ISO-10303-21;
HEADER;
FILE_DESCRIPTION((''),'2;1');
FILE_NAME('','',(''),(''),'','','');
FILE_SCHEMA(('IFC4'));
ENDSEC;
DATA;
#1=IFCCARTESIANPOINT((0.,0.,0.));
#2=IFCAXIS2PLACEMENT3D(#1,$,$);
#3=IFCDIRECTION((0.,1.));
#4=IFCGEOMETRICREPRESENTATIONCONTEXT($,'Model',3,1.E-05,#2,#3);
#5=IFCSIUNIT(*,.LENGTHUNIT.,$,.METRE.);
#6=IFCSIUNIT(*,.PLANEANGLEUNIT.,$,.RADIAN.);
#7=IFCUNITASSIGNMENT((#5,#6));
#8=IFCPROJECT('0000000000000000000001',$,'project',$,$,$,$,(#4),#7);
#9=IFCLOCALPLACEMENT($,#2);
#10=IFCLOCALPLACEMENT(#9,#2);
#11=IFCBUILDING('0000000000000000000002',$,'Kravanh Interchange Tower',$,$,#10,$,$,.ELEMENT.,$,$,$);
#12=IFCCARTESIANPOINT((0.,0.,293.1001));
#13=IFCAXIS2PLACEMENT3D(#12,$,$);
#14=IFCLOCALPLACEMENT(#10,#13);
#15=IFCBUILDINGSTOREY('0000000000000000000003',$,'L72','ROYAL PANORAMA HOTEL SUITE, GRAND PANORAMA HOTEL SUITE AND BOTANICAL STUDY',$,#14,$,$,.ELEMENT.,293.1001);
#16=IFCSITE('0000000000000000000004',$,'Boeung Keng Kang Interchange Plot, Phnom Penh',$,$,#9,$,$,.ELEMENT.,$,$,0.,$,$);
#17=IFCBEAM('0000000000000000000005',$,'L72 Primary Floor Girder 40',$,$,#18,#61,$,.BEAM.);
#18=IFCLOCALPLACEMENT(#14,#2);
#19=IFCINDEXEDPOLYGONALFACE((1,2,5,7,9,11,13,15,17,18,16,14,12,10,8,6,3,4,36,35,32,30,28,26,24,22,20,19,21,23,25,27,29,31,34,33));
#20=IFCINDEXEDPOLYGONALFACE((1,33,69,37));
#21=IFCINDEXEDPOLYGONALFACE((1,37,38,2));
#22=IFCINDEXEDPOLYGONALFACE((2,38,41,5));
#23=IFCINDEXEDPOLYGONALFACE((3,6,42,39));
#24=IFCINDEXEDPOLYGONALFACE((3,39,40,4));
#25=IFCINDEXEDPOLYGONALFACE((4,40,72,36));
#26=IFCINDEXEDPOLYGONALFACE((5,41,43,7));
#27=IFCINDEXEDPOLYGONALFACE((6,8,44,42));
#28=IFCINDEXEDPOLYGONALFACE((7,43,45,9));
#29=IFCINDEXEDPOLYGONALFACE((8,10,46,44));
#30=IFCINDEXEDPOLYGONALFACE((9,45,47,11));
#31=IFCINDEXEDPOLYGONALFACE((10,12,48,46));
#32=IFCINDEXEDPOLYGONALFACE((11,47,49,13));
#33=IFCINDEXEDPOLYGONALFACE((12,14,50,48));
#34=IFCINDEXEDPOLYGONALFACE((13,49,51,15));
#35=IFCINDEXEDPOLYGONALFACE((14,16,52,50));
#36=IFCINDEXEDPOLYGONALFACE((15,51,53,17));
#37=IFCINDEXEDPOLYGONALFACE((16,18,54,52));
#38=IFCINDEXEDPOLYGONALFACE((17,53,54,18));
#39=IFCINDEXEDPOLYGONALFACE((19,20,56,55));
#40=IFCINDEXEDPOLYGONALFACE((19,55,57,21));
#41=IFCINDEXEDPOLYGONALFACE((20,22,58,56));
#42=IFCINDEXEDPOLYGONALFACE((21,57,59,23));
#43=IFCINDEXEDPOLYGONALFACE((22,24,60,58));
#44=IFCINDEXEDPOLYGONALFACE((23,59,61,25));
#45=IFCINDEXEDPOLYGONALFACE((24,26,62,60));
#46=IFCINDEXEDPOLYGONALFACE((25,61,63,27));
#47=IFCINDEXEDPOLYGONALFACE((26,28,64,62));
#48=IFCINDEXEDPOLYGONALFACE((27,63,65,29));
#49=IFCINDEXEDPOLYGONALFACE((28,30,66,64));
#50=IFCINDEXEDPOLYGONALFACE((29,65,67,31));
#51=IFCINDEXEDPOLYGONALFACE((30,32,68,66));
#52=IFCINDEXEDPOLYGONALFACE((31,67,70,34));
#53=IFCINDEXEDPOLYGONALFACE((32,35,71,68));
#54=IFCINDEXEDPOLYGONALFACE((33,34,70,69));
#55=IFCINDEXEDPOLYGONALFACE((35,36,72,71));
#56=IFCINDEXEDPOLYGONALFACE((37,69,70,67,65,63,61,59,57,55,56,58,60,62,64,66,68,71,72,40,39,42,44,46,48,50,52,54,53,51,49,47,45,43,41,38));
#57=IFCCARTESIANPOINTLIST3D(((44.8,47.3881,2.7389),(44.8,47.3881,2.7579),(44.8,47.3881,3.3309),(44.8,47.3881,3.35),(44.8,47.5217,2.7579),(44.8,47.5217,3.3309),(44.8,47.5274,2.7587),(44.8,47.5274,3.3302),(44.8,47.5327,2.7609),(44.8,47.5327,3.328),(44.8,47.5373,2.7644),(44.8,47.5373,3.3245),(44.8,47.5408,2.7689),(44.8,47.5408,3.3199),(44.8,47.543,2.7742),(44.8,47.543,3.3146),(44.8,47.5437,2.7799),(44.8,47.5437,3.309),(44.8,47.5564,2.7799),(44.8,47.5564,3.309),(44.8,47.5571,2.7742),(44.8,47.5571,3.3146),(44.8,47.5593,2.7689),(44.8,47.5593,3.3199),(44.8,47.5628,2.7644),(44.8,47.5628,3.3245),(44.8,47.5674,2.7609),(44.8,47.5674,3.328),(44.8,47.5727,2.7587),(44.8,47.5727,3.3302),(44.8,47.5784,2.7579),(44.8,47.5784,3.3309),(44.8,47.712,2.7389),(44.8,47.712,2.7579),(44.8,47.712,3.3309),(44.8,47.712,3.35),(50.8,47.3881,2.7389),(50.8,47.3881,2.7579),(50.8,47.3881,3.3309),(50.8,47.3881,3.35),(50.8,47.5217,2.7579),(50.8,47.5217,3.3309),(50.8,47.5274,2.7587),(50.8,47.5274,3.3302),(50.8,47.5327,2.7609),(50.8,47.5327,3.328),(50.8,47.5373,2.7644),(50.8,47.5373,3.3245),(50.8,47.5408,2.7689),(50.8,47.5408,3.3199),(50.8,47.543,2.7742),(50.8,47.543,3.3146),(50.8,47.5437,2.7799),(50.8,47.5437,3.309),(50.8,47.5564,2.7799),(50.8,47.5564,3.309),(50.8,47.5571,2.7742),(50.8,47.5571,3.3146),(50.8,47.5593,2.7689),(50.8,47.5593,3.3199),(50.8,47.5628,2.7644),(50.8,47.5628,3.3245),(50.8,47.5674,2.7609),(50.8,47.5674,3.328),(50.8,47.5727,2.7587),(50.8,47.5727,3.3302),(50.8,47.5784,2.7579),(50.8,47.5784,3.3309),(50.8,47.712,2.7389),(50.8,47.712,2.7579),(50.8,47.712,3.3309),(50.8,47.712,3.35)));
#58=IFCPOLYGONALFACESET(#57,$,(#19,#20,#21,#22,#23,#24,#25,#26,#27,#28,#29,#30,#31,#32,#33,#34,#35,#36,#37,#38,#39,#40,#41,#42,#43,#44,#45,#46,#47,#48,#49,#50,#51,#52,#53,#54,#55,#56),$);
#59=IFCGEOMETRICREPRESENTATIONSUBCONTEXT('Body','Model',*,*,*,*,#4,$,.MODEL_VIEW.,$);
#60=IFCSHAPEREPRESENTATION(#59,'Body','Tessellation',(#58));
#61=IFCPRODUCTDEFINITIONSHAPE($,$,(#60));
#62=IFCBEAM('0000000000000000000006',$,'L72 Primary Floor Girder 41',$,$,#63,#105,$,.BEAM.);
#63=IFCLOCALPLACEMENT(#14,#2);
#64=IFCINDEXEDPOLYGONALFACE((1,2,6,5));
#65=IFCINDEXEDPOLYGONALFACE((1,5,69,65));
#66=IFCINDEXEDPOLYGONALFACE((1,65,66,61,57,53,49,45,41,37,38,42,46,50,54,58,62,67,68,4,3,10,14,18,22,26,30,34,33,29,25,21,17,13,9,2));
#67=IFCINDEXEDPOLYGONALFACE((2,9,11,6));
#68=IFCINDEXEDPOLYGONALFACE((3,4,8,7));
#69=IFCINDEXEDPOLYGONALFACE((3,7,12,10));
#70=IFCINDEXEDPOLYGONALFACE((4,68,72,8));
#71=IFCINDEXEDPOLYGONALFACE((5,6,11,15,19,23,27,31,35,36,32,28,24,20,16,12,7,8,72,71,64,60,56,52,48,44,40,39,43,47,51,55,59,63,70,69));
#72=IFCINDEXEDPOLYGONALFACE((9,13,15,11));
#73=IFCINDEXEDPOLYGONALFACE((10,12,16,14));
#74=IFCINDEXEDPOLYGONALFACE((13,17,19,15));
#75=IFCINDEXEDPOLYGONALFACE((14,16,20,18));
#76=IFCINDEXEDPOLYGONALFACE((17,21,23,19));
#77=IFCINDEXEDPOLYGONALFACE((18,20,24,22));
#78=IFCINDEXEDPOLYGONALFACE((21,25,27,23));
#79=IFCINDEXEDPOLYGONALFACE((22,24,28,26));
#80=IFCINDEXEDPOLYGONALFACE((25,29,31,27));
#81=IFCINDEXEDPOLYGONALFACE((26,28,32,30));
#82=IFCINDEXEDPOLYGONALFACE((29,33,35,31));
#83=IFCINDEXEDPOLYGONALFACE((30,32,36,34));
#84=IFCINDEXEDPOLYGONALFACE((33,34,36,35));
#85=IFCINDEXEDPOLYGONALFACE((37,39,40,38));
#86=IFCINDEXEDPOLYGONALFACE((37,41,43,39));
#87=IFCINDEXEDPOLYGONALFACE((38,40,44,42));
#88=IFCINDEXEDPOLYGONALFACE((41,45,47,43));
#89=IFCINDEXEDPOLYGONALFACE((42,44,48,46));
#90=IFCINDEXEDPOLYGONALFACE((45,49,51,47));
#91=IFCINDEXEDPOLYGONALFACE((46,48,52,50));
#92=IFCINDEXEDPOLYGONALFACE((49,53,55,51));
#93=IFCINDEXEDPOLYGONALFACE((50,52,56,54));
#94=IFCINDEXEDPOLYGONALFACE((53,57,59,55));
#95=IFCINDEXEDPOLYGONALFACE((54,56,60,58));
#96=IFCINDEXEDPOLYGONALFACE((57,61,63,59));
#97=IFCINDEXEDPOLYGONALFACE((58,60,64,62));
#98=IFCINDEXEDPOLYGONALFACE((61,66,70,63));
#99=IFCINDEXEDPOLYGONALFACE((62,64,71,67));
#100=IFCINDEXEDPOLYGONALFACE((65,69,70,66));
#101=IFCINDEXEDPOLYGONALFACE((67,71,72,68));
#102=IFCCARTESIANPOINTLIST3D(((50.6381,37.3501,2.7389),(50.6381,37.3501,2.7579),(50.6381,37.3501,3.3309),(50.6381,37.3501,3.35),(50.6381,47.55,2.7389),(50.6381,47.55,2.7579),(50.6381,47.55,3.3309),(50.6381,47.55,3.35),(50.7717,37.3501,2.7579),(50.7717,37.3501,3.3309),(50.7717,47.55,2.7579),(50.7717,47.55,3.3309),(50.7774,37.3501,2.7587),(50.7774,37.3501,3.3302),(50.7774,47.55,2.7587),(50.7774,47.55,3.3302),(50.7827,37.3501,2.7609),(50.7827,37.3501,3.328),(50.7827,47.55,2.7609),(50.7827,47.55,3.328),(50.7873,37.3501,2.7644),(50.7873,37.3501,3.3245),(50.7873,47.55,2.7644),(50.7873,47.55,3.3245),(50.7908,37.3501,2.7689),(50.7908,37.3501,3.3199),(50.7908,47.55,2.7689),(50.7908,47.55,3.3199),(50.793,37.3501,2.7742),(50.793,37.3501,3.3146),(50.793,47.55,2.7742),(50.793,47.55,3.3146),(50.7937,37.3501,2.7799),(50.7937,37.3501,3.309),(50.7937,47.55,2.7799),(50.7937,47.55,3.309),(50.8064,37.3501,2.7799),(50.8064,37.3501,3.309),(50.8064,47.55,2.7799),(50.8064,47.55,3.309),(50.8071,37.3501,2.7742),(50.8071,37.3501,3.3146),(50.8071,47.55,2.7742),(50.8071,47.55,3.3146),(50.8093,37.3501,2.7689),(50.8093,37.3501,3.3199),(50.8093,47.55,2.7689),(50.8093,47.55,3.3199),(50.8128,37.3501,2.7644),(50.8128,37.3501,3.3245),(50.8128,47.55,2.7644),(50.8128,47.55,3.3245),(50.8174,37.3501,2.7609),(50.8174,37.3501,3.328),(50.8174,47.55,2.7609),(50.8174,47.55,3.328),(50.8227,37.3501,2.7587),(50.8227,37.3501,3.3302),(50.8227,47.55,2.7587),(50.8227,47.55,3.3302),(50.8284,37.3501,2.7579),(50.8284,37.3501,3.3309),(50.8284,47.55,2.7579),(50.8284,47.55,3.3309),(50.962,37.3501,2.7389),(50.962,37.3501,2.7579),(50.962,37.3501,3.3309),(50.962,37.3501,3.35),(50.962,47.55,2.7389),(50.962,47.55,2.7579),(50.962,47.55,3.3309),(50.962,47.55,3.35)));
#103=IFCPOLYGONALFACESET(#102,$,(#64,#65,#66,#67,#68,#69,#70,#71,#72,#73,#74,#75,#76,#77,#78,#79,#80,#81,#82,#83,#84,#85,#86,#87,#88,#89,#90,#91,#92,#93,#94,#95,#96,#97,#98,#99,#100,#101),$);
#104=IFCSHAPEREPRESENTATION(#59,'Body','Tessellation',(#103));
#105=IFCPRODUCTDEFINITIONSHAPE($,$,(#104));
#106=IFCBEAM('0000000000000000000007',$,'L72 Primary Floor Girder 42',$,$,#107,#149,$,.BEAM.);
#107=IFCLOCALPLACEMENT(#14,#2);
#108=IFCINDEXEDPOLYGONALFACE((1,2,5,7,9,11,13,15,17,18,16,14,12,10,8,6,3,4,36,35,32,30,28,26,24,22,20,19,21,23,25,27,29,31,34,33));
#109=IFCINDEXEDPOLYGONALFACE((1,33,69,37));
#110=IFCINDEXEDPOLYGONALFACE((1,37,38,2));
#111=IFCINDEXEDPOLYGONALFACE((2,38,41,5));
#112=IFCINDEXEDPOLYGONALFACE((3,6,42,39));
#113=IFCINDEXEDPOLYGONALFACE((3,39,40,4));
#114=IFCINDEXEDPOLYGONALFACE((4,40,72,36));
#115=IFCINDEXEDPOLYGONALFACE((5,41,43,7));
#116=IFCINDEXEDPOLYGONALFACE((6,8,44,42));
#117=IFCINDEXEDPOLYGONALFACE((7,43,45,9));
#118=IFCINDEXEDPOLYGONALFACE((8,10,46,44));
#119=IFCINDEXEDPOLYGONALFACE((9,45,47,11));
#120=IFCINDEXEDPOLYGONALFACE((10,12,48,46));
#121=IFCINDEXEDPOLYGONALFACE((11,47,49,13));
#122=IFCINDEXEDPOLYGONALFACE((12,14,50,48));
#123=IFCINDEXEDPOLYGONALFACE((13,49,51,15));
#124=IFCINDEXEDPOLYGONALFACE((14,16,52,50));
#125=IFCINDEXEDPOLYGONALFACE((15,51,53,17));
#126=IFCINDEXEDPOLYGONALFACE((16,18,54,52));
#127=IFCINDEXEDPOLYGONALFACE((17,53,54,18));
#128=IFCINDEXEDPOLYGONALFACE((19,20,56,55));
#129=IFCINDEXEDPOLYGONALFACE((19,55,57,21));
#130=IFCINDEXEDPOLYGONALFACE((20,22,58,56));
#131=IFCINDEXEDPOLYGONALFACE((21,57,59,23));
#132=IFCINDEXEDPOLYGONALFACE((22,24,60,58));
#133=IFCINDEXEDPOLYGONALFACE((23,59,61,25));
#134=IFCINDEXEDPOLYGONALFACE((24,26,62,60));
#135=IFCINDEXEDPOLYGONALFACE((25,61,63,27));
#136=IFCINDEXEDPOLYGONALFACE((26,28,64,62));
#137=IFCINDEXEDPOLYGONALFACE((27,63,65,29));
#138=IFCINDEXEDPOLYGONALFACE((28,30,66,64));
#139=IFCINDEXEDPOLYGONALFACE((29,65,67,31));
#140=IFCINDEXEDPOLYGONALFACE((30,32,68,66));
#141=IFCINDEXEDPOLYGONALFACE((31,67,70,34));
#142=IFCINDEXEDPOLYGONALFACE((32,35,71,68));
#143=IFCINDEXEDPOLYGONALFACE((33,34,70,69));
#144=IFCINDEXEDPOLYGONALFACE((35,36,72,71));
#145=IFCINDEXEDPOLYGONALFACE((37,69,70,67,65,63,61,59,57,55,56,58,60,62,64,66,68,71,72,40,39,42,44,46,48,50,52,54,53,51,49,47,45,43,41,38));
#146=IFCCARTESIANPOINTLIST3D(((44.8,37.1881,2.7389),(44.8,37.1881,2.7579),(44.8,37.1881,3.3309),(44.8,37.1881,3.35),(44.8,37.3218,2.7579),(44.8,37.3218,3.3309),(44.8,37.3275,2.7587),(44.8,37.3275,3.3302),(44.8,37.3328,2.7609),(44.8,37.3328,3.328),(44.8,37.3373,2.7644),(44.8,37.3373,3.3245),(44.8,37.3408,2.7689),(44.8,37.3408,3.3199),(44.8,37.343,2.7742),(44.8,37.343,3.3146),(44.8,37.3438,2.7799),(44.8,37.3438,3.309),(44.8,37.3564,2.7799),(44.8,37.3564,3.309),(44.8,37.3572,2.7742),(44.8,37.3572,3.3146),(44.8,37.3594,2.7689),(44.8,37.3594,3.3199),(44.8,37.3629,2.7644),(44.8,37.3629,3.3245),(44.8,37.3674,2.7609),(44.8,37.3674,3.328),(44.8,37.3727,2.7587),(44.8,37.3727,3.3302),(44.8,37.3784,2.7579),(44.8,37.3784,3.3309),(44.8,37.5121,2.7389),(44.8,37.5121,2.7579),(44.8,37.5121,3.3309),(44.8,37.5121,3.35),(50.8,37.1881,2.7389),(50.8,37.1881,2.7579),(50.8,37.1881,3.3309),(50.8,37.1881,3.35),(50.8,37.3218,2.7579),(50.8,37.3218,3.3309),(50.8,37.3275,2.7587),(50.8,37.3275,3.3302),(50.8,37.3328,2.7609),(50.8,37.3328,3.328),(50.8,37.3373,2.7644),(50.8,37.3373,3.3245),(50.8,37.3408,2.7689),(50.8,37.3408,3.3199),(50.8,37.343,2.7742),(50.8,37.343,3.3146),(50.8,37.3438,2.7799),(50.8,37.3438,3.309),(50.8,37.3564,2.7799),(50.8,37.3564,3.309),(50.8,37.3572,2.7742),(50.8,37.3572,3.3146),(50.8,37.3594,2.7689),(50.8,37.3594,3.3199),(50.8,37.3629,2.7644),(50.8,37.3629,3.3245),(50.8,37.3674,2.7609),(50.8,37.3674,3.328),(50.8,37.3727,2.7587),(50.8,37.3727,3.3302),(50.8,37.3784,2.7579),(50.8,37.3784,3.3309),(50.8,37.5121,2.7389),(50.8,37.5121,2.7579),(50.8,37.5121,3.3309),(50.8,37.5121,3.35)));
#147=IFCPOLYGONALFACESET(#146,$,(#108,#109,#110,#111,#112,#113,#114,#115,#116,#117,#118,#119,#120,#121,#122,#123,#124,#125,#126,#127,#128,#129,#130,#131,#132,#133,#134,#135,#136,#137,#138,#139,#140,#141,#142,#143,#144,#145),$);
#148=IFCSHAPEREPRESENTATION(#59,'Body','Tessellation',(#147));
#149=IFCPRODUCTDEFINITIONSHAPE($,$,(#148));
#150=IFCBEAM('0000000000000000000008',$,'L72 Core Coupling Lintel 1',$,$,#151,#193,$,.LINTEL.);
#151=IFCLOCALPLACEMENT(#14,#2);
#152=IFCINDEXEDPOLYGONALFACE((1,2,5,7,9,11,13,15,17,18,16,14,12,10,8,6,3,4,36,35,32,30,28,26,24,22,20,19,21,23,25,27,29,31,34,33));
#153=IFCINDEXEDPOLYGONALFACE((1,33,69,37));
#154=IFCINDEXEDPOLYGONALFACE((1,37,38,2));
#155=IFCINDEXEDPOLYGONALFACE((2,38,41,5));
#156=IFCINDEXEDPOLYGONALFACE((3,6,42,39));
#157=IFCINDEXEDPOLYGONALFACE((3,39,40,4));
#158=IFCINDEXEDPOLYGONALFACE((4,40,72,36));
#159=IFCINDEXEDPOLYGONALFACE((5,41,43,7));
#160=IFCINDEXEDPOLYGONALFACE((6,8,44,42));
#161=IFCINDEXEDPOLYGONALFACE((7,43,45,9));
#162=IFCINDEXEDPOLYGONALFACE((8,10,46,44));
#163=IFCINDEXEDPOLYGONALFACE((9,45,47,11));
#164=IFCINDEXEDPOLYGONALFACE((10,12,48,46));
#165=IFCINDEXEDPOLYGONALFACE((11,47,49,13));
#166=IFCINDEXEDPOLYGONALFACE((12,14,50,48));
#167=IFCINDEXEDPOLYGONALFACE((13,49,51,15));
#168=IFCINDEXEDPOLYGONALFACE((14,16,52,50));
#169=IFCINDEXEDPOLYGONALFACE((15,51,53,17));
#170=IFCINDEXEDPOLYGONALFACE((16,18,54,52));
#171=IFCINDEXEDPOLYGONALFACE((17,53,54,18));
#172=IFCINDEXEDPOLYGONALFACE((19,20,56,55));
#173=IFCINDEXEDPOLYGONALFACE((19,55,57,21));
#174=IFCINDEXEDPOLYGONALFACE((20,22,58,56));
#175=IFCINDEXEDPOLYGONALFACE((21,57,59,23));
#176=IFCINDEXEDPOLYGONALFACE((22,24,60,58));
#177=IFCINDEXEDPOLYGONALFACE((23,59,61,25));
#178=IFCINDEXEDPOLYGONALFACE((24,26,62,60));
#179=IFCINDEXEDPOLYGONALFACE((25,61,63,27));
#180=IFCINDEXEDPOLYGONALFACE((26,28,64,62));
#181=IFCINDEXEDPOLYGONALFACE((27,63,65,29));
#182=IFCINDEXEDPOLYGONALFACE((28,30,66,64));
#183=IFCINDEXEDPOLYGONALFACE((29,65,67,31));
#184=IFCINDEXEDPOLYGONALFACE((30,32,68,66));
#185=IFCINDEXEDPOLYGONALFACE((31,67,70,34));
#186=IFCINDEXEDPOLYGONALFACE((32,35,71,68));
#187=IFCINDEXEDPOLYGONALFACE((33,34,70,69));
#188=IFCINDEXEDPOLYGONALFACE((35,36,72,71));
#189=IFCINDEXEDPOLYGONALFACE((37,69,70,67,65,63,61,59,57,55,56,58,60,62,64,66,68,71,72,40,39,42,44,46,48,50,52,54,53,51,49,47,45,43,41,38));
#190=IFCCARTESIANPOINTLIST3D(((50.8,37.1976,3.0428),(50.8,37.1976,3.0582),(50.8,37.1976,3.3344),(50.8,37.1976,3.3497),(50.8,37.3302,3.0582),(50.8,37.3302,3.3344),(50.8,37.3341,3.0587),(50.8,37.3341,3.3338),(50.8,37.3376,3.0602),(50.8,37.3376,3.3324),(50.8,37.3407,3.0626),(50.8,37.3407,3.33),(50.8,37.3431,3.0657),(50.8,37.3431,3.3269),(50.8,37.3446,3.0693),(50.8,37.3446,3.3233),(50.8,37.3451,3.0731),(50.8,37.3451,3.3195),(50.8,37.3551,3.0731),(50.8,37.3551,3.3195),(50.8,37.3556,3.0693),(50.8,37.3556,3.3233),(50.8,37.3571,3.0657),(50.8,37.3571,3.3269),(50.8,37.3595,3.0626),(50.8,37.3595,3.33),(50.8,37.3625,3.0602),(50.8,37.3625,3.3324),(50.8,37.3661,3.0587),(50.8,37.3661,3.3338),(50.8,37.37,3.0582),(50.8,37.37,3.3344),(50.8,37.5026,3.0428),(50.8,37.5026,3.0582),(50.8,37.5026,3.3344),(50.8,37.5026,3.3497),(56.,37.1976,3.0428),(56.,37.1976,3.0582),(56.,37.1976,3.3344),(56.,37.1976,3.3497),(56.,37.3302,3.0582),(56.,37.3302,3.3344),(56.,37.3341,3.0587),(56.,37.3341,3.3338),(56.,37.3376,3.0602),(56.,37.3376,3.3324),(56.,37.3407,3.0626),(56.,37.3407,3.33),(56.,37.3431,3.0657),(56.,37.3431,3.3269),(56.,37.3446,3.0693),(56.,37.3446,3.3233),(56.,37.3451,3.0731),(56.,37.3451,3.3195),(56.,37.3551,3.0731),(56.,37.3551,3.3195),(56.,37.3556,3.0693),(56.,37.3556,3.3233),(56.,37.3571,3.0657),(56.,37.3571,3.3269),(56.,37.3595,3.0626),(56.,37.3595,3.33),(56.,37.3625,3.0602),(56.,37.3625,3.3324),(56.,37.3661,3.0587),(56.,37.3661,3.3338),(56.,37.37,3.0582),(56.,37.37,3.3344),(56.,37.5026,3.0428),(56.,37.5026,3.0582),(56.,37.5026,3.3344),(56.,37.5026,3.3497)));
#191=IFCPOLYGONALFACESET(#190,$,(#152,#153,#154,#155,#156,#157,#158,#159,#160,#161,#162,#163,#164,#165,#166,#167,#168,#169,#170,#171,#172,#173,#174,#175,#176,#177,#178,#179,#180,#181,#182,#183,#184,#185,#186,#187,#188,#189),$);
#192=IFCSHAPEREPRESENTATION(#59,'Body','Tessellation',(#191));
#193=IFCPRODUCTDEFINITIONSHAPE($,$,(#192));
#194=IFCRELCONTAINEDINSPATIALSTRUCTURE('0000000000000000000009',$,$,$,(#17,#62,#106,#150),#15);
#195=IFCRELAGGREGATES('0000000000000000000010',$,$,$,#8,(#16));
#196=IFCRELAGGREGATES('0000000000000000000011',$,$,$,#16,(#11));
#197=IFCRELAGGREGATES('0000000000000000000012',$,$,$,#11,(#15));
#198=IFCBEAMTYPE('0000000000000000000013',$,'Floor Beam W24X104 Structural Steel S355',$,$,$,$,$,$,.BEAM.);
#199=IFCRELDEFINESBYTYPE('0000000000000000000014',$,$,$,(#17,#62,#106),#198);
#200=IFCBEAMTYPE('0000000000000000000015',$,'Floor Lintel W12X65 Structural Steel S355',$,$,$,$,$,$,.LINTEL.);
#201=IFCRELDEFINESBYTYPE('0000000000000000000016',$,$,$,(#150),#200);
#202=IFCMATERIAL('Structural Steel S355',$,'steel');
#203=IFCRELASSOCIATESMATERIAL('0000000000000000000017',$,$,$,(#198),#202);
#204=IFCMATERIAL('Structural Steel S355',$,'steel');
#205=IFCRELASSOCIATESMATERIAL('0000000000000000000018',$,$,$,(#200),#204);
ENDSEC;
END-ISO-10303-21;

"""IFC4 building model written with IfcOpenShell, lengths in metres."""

from ifc_helpers import new_model, si_unit, direction, frame, origin, origin_2d, place, context, subcontext, project, spatial, i_section, extrude, material, material_profile, profile_set, type_object, element, save


model = new_model("IFC4")

# Units and contexts
model_context = context("Model", 3, precision=1e-05, world=origin(), true_north=direction((0.0, 1.0)))
body_context = subcontext(model_context, "Body", "Model", "MODEL_VIEW")
ifc_project = project(units=[si_unit("LENGTHUNIT", "METRE"), si_unit("PLANEANGLEUNIT", "RADIAN")], contexts=[model_context])

# Site, building, storey
site_placement = place(None, origin())
site = spatial("IfcSite", under=ifc_project, at=site_placement, Name="Boeung Keng Kang Interchange Plot, Phnom Penh", CompositionType="ELEMENT", RefElevation=0.0)
building_placement = place(site_placement, origin())
building = spatial("IfcBuilding", under=site, at=building_placement, Name="Kravanh Interchange Tower", CompositionType="ELEMENT")
storey_placement = place(building_placement, frame((0.0, 0.0, 293.1001)))
storey = spatial("IfcBuildingStorey", under=building, at=storey_placement, Name="L72", Description="ROYAL PANORAMA HOTEL SUITE, GRAND PANORAMA HOTEL SUITE AND BOTANICAL STUDY", CompositionType="ELEMENT", Elevation=293.1001)

# Beams
ifc_material_1 = material(Name="Structural Steel S355", Category="steel")
ifc_material_profile_1 = material_profile(ifc_material_1, i_section(OverallWidth=0.324, OverallDepth=0.6111, WebThickness=0.0127, FlangeThickness=0.019, FilletRadius=0.022, at=origin_2d()), Name="W24X104")
ifc_profile_set_1 = profile_set([ifc_material_profile_1], Name="Structural Steel S355")
beam_type_1 = type_object("IfcBeamType", Name="Floor Beam W24X104 Structural Steel S355", PredefinedType="BEAM", material=ifc_profile_set_1)
beam_1_placement = place(storey_placement, frame((50.8, 47.55, 3.0444), z_axis=(-1.0, 0.0, 0.0), x_axis=(0.0, -1.0, 0.0)))
element("IfcBeam", 1, at=beam_1_placement, inside=storey, type_object=beam_type_1, Name="L72 Primary Floor Girder 40", PredefinedType="BEAM", context=body_context, shape_type="SweptSolid", body=[
    extrude(i_section(OverallWidth=0.324, OverallDepth=0.6111, WebThickness=0.0127, FlangeThickness=0.019, FilletRadius=0.022, at=origin_2d()), origin(), (0.0, 0.0, 1.0), 6.0),
])
beam_2_placement = place(storey_placement, frame((50.8, 47.55, 3.0444), z_axis=(0.0, -1.0, 0.0), x_axis=(1.0, 0.0, 0.0)))
element("IfcBeam", 2, at=beam_2_placement, inside=storey, type_object=beam_type_1, Name="L72 Primary Floor Girder 41", PredefinedType="BEAM", context=body_context, shape_type="SweptSolid", body=[
    extrude(i_section(OverallWidth=0.324, OverallDepth=0.6111, WebThickness=0.0127, FlangeThickness=0.019, FilletRadius=0.022, at=origin_2d()), origin(), (0.0, 0.0, 1.0), 10.2),
])
beam_3_placement = place(storey_placement, frame((50.8, 37.3501, 3.0444), z_axis=(-1.0, 0.0, 0.0), x_axis=(0.0, -1.0, 0.0)))
element("IfcBeam", 3, at=beam_3_placement, inside=storey, type_object=beam_type_1, Name="L72 Primary Floor Girder 42", PredefinedType="BEAM", context=body_context, shape_type="SweptSolid", body=[
    extrude(i_section(OverallWidth=0.324, OverallDepth=0.6111, WebThickness=0.0127, FlangeThickness=0.019, FilletRadius=0.022, at=origin_2d()), origin(), (0.0, 0.0, 1.0), 6.0),
])
ifc_material_2 = material(Name="Structural Steel S355", Category="steel")
ifc_material_profile_2 = material_profile(ifc_material_2, i_section(OverallWidth=0.3049, OverallDepth=0.3069, WebThickness=0.01, FlangeThickness=0.0154, FilletRadius=0.0149, at=origin_2d()), Name="W12X65")
ifc_profile_set_2 = profile_set([ifc_material_profile_2], Name="Structural Steel S355")
beam_type_2 = type_object("IfcBeamType", Name="Floor Lintel W12X65 Structural Steel S355", PredefinedType="LINTEL", material=ifc_profile_set_2)
beam_4_placement = place(storey_placement, frame((50.8, 37.3501, 3.1963), z_axis=(1.0, 0.0, 0.0), x_axis=(0.0, 1.0, 0.0)))
element("IfcBeam", 4, at=beam_4_placement, inside=storey, type_object=beam_type_2, Name="L72 Core Coupling Lintel 1", PredefinedType="LINTEL", context=body_context, shape_type="SweptSolid", body=[
    extrude(i_section(OverallWidth=0.3049, OverallDepth=0.3069, WebThickness=0.01, FlangeThickness=0.0154, FilletRadius=0.0149, at=origin_2d()), origin(), (0.0, 0.0, 1.0), 5.2),
])

save(model, "model.ifc")
